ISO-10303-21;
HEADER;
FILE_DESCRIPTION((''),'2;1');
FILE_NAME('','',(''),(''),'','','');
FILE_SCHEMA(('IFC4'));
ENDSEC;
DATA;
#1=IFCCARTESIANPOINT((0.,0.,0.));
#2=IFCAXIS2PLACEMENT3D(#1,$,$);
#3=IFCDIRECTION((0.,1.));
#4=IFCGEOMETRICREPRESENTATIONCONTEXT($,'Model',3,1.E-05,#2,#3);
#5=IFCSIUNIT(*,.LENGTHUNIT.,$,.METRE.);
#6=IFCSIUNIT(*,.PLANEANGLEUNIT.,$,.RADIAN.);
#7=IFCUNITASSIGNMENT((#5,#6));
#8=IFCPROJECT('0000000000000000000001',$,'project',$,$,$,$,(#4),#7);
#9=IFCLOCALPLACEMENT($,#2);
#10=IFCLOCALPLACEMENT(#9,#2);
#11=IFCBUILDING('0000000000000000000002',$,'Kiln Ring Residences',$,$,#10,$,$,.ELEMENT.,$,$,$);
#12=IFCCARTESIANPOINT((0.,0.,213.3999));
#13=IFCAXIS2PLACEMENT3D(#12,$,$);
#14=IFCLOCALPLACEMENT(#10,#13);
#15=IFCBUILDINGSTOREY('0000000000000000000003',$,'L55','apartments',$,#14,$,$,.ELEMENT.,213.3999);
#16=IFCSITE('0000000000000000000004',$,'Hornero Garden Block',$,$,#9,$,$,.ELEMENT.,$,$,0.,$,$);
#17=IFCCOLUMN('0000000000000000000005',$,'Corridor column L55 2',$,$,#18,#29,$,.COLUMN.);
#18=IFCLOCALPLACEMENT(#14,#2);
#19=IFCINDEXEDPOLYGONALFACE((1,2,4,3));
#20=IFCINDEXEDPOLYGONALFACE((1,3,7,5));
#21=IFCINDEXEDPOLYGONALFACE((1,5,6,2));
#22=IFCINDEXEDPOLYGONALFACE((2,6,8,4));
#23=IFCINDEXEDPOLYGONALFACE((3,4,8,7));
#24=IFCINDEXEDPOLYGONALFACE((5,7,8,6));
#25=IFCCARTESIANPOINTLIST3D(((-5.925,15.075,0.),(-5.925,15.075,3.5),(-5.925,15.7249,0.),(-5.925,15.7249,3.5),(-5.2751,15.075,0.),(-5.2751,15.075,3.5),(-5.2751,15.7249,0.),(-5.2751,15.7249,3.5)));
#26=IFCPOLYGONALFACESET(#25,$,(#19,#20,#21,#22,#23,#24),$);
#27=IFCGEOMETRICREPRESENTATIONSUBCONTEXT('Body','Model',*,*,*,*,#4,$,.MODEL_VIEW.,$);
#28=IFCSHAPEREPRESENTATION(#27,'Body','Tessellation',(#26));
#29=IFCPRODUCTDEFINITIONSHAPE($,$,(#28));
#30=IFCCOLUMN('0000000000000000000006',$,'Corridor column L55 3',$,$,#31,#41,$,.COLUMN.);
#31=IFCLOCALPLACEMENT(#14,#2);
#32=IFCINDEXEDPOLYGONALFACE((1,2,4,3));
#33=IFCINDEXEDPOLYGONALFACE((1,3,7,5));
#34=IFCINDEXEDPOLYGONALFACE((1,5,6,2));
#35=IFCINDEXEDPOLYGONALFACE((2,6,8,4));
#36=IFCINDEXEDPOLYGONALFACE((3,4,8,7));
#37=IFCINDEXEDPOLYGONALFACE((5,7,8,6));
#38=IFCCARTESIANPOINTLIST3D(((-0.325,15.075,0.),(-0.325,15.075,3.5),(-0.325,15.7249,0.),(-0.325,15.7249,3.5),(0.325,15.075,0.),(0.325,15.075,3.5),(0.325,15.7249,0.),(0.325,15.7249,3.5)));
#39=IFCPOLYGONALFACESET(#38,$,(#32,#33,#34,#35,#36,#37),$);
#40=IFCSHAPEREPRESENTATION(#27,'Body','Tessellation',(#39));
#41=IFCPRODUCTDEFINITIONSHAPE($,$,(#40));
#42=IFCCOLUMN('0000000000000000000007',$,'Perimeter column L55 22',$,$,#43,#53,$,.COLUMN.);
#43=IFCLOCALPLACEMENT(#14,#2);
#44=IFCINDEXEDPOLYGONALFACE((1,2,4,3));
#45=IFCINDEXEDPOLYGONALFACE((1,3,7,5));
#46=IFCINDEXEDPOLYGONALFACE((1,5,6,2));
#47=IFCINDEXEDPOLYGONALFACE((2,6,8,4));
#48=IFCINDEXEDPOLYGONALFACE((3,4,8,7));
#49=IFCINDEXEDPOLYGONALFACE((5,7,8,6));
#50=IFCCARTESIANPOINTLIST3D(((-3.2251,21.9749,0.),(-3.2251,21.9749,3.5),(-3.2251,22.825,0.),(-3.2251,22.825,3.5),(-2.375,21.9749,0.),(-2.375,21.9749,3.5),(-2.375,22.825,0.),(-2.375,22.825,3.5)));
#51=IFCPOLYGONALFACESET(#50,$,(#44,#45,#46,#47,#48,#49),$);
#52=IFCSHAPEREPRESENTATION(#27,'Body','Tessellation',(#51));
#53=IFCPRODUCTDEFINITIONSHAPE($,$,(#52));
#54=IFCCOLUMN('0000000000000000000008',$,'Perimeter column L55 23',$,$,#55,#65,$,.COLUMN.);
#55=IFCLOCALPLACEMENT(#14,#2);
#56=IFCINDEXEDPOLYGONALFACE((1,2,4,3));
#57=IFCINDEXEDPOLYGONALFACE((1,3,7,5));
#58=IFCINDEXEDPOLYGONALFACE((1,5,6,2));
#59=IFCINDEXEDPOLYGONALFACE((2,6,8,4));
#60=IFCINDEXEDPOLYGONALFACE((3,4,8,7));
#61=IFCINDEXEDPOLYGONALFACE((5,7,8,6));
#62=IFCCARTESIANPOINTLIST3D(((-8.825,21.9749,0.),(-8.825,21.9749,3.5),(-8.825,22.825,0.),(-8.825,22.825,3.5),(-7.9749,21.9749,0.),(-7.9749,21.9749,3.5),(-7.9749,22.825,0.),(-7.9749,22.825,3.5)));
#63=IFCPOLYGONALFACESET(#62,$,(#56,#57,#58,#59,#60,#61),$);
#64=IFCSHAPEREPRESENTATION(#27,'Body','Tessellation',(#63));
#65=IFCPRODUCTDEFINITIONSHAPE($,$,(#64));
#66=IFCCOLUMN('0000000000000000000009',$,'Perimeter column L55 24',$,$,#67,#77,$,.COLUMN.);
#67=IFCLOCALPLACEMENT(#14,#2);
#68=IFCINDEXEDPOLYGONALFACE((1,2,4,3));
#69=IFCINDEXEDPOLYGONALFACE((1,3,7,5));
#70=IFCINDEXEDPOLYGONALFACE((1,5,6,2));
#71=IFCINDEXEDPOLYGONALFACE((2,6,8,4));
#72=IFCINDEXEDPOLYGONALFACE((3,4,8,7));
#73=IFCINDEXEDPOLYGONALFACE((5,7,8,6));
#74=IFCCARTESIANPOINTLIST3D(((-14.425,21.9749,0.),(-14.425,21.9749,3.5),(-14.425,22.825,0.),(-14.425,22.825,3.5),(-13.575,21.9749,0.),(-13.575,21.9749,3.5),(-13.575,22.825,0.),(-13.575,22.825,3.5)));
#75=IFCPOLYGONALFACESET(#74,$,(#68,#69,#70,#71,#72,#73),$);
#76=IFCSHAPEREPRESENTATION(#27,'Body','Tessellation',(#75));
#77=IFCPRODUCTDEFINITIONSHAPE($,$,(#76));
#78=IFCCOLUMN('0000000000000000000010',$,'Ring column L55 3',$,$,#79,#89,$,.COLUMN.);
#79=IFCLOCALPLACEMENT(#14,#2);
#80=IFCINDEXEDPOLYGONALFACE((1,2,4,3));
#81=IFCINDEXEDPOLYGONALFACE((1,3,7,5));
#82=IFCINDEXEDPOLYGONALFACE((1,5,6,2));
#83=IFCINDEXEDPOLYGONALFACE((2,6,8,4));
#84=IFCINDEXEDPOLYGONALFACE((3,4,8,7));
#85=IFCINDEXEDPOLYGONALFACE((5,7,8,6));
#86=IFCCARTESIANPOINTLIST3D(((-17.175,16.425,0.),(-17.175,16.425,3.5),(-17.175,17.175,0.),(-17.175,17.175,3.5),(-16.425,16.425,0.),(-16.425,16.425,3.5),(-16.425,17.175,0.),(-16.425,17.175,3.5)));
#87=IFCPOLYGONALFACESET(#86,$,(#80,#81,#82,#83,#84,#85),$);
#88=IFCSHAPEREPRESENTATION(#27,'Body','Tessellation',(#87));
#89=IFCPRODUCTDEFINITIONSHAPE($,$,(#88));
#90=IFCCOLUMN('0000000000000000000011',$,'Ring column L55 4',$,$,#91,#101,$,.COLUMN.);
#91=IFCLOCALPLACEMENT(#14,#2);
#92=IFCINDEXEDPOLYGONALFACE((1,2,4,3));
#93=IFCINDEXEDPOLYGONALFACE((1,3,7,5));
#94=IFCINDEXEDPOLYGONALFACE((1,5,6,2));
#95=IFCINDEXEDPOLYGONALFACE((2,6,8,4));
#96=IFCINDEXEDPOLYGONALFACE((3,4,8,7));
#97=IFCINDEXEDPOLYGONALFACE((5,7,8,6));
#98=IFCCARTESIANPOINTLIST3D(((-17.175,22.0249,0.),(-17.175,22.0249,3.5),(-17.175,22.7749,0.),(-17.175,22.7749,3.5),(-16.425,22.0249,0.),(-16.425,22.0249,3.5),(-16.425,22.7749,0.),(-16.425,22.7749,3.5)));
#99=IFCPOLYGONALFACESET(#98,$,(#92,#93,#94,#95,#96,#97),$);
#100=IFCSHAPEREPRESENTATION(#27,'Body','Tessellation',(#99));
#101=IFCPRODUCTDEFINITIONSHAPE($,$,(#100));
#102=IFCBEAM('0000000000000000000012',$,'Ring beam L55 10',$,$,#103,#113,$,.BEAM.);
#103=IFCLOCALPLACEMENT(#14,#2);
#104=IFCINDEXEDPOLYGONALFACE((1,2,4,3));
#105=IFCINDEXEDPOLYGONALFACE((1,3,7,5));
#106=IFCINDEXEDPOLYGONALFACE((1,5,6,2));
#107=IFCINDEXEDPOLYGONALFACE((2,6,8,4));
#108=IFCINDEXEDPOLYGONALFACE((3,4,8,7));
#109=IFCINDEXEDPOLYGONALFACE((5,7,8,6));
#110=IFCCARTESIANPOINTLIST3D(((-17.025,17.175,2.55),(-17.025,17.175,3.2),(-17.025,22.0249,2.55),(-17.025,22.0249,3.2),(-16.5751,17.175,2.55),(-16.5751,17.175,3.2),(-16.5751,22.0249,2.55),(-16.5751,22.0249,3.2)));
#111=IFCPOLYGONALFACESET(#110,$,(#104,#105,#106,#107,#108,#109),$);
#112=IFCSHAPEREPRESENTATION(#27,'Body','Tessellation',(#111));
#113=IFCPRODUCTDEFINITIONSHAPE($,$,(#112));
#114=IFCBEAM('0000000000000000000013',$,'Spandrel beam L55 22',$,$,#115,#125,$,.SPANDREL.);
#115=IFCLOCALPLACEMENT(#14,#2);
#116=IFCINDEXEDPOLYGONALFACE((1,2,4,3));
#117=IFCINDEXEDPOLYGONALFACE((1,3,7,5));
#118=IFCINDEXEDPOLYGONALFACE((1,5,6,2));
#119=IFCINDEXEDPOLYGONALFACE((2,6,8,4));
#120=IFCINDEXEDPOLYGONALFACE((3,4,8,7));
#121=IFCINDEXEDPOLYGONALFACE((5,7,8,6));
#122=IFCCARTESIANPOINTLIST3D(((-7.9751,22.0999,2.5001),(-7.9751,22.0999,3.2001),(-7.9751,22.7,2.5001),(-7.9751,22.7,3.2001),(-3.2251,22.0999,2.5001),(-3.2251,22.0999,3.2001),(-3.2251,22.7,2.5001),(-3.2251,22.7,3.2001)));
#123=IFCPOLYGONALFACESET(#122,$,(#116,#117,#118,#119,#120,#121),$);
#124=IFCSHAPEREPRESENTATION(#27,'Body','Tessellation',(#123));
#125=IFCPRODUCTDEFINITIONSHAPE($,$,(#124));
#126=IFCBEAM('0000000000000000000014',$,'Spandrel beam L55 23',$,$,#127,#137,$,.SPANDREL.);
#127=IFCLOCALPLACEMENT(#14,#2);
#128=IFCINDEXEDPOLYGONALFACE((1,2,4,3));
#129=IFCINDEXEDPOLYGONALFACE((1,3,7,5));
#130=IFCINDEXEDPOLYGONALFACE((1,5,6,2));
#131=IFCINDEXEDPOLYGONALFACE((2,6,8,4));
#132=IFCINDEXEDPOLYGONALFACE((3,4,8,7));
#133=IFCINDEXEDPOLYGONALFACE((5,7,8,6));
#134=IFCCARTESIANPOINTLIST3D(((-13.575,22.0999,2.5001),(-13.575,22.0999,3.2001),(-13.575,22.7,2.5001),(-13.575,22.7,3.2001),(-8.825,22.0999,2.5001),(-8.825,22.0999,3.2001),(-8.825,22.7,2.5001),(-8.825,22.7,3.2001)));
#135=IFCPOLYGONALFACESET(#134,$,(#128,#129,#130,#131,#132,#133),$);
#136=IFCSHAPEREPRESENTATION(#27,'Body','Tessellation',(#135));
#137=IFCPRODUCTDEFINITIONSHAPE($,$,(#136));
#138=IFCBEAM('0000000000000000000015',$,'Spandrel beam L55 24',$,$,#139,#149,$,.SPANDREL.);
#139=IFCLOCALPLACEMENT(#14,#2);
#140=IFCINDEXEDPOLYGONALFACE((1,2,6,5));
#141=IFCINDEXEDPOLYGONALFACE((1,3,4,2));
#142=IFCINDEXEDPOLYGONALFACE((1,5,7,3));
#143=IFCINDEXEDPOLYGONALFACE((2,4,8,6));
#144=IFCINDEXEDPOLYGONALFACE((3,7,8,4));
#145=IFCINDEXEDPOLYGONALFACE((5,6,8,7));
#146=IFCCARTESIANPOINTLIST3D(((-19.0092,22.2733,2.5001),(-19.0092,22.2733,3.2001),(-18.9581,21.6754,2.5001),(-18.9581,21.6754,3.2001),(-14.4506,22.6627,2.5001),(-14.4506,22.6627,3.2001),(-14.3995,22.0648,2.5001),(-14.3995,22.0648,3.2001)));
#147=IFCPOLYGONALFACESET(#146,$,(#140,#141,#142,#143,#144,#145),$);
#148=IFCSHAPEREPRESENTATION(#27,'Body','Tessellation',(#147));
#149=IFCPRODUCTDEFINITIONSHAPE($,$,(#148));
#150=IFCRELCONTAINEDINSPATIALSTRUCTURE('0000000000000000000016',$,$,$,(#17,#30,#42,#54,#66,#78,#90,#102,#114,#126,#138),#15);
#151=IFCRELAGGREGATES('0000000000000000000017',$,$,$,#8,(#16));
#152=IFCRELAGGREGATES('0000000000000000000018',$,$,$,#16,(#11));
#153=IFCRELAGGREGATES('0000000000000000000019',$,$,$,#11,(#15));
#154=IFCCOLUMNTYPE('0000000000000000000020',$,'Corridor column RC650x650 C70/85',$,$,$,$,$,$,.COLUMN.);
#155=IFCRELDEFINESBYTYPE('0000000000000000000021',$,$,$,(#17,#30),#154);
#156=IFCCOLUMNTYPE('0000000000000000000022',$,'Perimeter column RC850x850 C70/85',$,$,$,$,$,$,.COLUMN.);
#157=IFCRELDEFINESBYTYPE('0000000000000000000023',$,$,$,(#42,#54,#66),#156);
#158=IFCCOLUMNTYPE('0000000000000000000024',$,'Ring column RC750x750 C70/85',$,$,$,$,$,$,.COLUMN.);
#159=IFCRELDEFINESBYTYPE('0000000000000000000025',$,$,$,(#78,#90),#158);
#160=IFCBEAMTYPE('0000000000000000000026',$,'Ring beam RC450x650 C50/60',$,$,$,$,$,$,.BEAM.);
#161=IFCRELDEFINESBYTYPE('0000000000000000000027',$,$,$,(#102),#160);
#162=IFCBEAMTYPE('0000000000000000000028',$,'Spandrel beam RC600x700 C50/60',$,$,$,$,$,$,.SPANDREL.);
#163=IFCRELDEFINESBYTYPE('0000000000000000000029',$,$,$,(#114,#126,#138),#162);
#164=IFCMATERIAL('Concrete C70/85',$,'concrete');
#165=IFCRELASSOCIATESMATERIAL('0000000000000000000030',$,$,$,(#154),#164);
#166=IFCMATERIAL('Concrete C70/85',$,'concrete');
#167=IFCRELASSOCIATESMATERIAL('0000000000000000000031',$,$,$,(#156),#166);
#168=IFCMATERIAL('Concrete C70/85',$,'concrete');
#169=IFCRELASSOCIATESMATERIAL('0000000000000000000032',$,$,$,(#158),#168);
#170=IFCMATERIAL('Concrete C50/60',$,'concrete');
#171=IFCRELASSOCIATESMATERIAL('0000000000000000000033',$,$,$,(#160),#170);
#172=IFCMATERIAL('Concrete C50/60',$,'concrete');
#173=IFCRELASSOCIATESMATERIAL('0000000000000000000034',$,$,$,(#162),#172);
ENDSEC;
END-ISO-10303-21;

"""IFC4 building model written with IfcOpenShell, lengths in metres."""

from ifc_helpers import new_model, si_unit, direction, frame, origin, origin_2d, place, context, subcontext, project, spatial, rectangle, extrude, material, material_profile, profile_set, type_object, element, save


model = new_model("IFC4")

# Units and contexts
model_context = context("Model", 3, precision=1e-05, world=origin(), true_north=direction((0.0, 1.0)))
body_context = subcontext(model_context, "Body", "Model", "MODEL_VIEW")
ifc_project = project(units=[si_unit("LENGTHUNIT", "METRE"), si_unit("PLANEANGLEUNIT", "RADIAN")], contexts=[model_context])

# Site, building, storey
site_placement = place(None, origin())
site = spatial("IfcSite", under=ifc_project, at=site_placement, Name="Hornero Garden Block", CompositionType="ELEMENT", RefElevation=0.0)
building_placement = place(site_placement, origin())
building = spatial("IfcBuilding", under=site, at=building_placement, Name="Kiln Ring Residences", CompositionType="ELEMENT")
storey_placement = place(building_placement, frame((0.0, 0.0, 213.3999)))
storey = spatial("IfcBuildingStorey", under=building, at=storey_placement, Name="L55", Description="apartments", CompositionType="ELEMENT", Elevation=213.3999)

# Columns
ifc_material_1 = material(Name="Concrete C70/85", Category="concrete")
ifc_material_profile_1 = material_profile(ifc_material_1, rectangle(XDim=0.6499, YDim=0.6499, at=origin_2d()), Name="RC650x650")
ifc_profile_set_1 = profile_set([ifc_material_profile_1], Name="Concrete C70/85")
column_type_1 = type_object("IfcColumnType", Name="Corridor column RC650x650 C70/85", PredefinedType="COLUMN", material=ifc_profile_set_1)
for number, where, z_axis, x_axis, name in (
    (1, (-5.6001, 15.3999, 0.0), (0.0, 0.0, 1.0), (1.0, 0.0, 0.0), "Corridor column L55 2"),
    (2, (0.0, 15.3999, 0.0), (0.0, 0.0, 1.0), (1.0, 0.0, 0.0), "Corridor column L55 3"),
):
    element("IfcColumn", number, at=place(storey_placement, frame(where, z_axis=z_axis, x_axis=x_axis)), inside=storey, type_object=column_type_1, Name=name, PredefinedType="COLUMN", context=body_context, shape_type="SweptSolid", body=[
        extrude(rectangle(XDim=0.6499, YDim=0.6499, at=origin_2d()), origin(), (0.0, 0.0, 1.0), 3.5),
    ])
ifc_material_2 = material(Name="Concrete C70/85", Category="concrete")
ifc_material_profile_2 = material_profile(ifc_material_2, rectangle(XDim=0.8501, YDim=0.8501, at=origin_2d()), Name="RC850x850")
ifc_profile_set_2 = profile_set([ifc_material_profile_2], Name="Concrete C70/85")
column_type_2 = type_object("IfcColumnType", Name="Perimeter column RC850x850 C70/85", PredefinedType="COLUMN", material=ifc_profile_set_2)
for number, where, z_axis, x_axis, name in (
    (3, (-2.8, 22.3999, 0.0), (0.0, 0.0, 1.0), (1.0, 0.0, 0.0), "Perimeter column L55 22"),
    (4, (-8.3999, 22.3999, 0.0), (0.0, 0.0, 1.0), (1.0, 0.0, 0.0), "Perimeter column L55 23"),
    (5, (-14.0, 22.3999, 0.0), (0.0, 0.0, 1.0), (1.0, 0.0, 0.0), "Perimeter column L55 24"),
):
    element("IfcColumn", number, at=place(storey_placement, frame(where, z_axis=z_axis, x_axis=x_axis)), inside=storey, type_object=column_type_2, Name=name, PredefinedType="COLUMN", context=body_context, shape_type="SweptSolid", body=[
        extrude(rectangle(XDim=0.8501, YDim=0.8501, at=origin_2d()), origin(), (0.0, 0.0, 1.0), 3.5),
    ])
ifc_material_3 = material(Name="Concrete C70/85", Category="concrete")
ifc_material_profile_3 = material_profile(ifc_material_3, rectangle(XDim=0.75, YDim=0.75, at=origin_2d()), Name="RC750x750")
ifc_profile_set_3 = profile_set([ifc_material_profile_3], Name="Concrete C70/85")
column_type_3 = type_object("IfcColumnType", Name="Ring column RC750x750 C70/85", PredefinedType="COLUMN", material=ifc_profile_set_3)
for number, where, z_axis, x_axis, name in (
    (6, (-16.8, 16.8, 0.0), (0.0, 0.0, 1.0), (1.0, 0.0, 0.0), "Ring column L55 3"),
    (7, (-16.8, 22.3999, 0.0), (0.0, 0.0, 1.0), (1.0, 0.0, 0.0), "Ring column L55 4"),
):
    element("IfcColumn", number, at=place(storey_placement, frame(where, z_axis=z_axis, x_axis=x_axis)), inside=storey, type_object=column_type_3, Name=name, PredefinedType="COLUMN", context=body_context, shape_type="SweptSolid", body=[
        extrude(rectangle(XDim=0.75, YDim=0.75, at=origin_2d()), origin(), (0.0, 0.0, 1.0), 3.5),
    ])

# Beams
ifc_material_4 = material(Name="Concrete C50/60", Category="concrete")
ifc_material_profile_4 = material_profile(ifc_material_4, rectangle(XDim=0.45, YDim=0.6499, at=origin_2d()), Name="RC450x650")
ifc_profile_set_4 = profile_set([ifc_material_profile_4], Name="Concrete C50/60")
beam_type_1 = type_object("IfcBeamType", Name="Ring beam RC450x650 C50/60", PredefinedType="BEAM", material=ifc_profile_set_4)
beam_1_placement = place(storey_placement, frame((-16.8, 17.175, 2.875), z_axis=(0.0, 1.0, 0.0), x_axis=(-1.0, 0.0, 0.0)))
element("IfcBeam", 8, at=beam_1_placement, inside=storey, type_object=beam_type_1, Name="Ring beam L55 10", PredefinedType="BEAM", context=body_context, shape_type="SweptSolid", body=[
    extrude(rectangle(XDim=0.45, YDim=0.6499, at=origin_2d()), origin(), (0.0, 0.0, 1.0), 4.8499),
])
ifc_material_5 = material(Name="Concrete C50/60", Category="concrete")
ifc_material_profile_5 = material_profile(ifc_material_5, rectangle(XDim=0.6001, YDim=0.7, at=origin_2d()), Name="RC600x700")
ifc_profile_set_5 = profile_set([ifc_material_profile_5], Name="Concrete C50/60")
beam_type_2 = type_object("IfcBeamType", Name="Spandrel beam RC600x700 C50/60", PredefinedType="SPANDREL", material=ifc_profile_set_5)
for number, where, z_axis, x_axis, name in (
    (9, (-3.2251, 22.3999, 2.8501), (-1.0, 0.0, 0.0), (0.0, -1.0, 0.0), "Spandrel beam L55 22"),
    (10, (-8.825, 22.3999, 2.8501), (-1.0, 0.0, 0.0), (0.0, -1.0, 0.0), "Spandrel beam L55 23"),
):
    element("IfcBeam", number, at=place(storey_placement, frame(where, z_axis=z_axis, x_axis=x_axis)), inside=storey, type_object=beam_type_2, Name=name, PredefinedType="SPANDREL", context=body_context, shape_type="SweptSolid", body=[
        extrude(rectangle(XDim=0.6001, YDim=0.7, at=origin_2d()), origin(), (0.0, 0.0, 1.0), 4.75),
    ])
beam_2_placement = place(storey_placement, frame((-14.425, 22.3638, 2.8501), z_axis=(-0.996371, -0.085112, 0.0), x_axis=(0.085112, -0.996371, 0.0)))
element("IfcBeam", 11, at=beam_2_placement, inside=storey, type_object=beam_type_2, Name="Spandrel beam L55 24", PredefinedType="SPANDREL", context=body_context, shape_type="SweptSolid", body=[
    extrude(rectangle(XDim=0.6001, YDim=0.7, at=origin_2d()), origin(), (0.0, 0.0, 1.0), 4.5752),
])

save(model, "model.ifc")
